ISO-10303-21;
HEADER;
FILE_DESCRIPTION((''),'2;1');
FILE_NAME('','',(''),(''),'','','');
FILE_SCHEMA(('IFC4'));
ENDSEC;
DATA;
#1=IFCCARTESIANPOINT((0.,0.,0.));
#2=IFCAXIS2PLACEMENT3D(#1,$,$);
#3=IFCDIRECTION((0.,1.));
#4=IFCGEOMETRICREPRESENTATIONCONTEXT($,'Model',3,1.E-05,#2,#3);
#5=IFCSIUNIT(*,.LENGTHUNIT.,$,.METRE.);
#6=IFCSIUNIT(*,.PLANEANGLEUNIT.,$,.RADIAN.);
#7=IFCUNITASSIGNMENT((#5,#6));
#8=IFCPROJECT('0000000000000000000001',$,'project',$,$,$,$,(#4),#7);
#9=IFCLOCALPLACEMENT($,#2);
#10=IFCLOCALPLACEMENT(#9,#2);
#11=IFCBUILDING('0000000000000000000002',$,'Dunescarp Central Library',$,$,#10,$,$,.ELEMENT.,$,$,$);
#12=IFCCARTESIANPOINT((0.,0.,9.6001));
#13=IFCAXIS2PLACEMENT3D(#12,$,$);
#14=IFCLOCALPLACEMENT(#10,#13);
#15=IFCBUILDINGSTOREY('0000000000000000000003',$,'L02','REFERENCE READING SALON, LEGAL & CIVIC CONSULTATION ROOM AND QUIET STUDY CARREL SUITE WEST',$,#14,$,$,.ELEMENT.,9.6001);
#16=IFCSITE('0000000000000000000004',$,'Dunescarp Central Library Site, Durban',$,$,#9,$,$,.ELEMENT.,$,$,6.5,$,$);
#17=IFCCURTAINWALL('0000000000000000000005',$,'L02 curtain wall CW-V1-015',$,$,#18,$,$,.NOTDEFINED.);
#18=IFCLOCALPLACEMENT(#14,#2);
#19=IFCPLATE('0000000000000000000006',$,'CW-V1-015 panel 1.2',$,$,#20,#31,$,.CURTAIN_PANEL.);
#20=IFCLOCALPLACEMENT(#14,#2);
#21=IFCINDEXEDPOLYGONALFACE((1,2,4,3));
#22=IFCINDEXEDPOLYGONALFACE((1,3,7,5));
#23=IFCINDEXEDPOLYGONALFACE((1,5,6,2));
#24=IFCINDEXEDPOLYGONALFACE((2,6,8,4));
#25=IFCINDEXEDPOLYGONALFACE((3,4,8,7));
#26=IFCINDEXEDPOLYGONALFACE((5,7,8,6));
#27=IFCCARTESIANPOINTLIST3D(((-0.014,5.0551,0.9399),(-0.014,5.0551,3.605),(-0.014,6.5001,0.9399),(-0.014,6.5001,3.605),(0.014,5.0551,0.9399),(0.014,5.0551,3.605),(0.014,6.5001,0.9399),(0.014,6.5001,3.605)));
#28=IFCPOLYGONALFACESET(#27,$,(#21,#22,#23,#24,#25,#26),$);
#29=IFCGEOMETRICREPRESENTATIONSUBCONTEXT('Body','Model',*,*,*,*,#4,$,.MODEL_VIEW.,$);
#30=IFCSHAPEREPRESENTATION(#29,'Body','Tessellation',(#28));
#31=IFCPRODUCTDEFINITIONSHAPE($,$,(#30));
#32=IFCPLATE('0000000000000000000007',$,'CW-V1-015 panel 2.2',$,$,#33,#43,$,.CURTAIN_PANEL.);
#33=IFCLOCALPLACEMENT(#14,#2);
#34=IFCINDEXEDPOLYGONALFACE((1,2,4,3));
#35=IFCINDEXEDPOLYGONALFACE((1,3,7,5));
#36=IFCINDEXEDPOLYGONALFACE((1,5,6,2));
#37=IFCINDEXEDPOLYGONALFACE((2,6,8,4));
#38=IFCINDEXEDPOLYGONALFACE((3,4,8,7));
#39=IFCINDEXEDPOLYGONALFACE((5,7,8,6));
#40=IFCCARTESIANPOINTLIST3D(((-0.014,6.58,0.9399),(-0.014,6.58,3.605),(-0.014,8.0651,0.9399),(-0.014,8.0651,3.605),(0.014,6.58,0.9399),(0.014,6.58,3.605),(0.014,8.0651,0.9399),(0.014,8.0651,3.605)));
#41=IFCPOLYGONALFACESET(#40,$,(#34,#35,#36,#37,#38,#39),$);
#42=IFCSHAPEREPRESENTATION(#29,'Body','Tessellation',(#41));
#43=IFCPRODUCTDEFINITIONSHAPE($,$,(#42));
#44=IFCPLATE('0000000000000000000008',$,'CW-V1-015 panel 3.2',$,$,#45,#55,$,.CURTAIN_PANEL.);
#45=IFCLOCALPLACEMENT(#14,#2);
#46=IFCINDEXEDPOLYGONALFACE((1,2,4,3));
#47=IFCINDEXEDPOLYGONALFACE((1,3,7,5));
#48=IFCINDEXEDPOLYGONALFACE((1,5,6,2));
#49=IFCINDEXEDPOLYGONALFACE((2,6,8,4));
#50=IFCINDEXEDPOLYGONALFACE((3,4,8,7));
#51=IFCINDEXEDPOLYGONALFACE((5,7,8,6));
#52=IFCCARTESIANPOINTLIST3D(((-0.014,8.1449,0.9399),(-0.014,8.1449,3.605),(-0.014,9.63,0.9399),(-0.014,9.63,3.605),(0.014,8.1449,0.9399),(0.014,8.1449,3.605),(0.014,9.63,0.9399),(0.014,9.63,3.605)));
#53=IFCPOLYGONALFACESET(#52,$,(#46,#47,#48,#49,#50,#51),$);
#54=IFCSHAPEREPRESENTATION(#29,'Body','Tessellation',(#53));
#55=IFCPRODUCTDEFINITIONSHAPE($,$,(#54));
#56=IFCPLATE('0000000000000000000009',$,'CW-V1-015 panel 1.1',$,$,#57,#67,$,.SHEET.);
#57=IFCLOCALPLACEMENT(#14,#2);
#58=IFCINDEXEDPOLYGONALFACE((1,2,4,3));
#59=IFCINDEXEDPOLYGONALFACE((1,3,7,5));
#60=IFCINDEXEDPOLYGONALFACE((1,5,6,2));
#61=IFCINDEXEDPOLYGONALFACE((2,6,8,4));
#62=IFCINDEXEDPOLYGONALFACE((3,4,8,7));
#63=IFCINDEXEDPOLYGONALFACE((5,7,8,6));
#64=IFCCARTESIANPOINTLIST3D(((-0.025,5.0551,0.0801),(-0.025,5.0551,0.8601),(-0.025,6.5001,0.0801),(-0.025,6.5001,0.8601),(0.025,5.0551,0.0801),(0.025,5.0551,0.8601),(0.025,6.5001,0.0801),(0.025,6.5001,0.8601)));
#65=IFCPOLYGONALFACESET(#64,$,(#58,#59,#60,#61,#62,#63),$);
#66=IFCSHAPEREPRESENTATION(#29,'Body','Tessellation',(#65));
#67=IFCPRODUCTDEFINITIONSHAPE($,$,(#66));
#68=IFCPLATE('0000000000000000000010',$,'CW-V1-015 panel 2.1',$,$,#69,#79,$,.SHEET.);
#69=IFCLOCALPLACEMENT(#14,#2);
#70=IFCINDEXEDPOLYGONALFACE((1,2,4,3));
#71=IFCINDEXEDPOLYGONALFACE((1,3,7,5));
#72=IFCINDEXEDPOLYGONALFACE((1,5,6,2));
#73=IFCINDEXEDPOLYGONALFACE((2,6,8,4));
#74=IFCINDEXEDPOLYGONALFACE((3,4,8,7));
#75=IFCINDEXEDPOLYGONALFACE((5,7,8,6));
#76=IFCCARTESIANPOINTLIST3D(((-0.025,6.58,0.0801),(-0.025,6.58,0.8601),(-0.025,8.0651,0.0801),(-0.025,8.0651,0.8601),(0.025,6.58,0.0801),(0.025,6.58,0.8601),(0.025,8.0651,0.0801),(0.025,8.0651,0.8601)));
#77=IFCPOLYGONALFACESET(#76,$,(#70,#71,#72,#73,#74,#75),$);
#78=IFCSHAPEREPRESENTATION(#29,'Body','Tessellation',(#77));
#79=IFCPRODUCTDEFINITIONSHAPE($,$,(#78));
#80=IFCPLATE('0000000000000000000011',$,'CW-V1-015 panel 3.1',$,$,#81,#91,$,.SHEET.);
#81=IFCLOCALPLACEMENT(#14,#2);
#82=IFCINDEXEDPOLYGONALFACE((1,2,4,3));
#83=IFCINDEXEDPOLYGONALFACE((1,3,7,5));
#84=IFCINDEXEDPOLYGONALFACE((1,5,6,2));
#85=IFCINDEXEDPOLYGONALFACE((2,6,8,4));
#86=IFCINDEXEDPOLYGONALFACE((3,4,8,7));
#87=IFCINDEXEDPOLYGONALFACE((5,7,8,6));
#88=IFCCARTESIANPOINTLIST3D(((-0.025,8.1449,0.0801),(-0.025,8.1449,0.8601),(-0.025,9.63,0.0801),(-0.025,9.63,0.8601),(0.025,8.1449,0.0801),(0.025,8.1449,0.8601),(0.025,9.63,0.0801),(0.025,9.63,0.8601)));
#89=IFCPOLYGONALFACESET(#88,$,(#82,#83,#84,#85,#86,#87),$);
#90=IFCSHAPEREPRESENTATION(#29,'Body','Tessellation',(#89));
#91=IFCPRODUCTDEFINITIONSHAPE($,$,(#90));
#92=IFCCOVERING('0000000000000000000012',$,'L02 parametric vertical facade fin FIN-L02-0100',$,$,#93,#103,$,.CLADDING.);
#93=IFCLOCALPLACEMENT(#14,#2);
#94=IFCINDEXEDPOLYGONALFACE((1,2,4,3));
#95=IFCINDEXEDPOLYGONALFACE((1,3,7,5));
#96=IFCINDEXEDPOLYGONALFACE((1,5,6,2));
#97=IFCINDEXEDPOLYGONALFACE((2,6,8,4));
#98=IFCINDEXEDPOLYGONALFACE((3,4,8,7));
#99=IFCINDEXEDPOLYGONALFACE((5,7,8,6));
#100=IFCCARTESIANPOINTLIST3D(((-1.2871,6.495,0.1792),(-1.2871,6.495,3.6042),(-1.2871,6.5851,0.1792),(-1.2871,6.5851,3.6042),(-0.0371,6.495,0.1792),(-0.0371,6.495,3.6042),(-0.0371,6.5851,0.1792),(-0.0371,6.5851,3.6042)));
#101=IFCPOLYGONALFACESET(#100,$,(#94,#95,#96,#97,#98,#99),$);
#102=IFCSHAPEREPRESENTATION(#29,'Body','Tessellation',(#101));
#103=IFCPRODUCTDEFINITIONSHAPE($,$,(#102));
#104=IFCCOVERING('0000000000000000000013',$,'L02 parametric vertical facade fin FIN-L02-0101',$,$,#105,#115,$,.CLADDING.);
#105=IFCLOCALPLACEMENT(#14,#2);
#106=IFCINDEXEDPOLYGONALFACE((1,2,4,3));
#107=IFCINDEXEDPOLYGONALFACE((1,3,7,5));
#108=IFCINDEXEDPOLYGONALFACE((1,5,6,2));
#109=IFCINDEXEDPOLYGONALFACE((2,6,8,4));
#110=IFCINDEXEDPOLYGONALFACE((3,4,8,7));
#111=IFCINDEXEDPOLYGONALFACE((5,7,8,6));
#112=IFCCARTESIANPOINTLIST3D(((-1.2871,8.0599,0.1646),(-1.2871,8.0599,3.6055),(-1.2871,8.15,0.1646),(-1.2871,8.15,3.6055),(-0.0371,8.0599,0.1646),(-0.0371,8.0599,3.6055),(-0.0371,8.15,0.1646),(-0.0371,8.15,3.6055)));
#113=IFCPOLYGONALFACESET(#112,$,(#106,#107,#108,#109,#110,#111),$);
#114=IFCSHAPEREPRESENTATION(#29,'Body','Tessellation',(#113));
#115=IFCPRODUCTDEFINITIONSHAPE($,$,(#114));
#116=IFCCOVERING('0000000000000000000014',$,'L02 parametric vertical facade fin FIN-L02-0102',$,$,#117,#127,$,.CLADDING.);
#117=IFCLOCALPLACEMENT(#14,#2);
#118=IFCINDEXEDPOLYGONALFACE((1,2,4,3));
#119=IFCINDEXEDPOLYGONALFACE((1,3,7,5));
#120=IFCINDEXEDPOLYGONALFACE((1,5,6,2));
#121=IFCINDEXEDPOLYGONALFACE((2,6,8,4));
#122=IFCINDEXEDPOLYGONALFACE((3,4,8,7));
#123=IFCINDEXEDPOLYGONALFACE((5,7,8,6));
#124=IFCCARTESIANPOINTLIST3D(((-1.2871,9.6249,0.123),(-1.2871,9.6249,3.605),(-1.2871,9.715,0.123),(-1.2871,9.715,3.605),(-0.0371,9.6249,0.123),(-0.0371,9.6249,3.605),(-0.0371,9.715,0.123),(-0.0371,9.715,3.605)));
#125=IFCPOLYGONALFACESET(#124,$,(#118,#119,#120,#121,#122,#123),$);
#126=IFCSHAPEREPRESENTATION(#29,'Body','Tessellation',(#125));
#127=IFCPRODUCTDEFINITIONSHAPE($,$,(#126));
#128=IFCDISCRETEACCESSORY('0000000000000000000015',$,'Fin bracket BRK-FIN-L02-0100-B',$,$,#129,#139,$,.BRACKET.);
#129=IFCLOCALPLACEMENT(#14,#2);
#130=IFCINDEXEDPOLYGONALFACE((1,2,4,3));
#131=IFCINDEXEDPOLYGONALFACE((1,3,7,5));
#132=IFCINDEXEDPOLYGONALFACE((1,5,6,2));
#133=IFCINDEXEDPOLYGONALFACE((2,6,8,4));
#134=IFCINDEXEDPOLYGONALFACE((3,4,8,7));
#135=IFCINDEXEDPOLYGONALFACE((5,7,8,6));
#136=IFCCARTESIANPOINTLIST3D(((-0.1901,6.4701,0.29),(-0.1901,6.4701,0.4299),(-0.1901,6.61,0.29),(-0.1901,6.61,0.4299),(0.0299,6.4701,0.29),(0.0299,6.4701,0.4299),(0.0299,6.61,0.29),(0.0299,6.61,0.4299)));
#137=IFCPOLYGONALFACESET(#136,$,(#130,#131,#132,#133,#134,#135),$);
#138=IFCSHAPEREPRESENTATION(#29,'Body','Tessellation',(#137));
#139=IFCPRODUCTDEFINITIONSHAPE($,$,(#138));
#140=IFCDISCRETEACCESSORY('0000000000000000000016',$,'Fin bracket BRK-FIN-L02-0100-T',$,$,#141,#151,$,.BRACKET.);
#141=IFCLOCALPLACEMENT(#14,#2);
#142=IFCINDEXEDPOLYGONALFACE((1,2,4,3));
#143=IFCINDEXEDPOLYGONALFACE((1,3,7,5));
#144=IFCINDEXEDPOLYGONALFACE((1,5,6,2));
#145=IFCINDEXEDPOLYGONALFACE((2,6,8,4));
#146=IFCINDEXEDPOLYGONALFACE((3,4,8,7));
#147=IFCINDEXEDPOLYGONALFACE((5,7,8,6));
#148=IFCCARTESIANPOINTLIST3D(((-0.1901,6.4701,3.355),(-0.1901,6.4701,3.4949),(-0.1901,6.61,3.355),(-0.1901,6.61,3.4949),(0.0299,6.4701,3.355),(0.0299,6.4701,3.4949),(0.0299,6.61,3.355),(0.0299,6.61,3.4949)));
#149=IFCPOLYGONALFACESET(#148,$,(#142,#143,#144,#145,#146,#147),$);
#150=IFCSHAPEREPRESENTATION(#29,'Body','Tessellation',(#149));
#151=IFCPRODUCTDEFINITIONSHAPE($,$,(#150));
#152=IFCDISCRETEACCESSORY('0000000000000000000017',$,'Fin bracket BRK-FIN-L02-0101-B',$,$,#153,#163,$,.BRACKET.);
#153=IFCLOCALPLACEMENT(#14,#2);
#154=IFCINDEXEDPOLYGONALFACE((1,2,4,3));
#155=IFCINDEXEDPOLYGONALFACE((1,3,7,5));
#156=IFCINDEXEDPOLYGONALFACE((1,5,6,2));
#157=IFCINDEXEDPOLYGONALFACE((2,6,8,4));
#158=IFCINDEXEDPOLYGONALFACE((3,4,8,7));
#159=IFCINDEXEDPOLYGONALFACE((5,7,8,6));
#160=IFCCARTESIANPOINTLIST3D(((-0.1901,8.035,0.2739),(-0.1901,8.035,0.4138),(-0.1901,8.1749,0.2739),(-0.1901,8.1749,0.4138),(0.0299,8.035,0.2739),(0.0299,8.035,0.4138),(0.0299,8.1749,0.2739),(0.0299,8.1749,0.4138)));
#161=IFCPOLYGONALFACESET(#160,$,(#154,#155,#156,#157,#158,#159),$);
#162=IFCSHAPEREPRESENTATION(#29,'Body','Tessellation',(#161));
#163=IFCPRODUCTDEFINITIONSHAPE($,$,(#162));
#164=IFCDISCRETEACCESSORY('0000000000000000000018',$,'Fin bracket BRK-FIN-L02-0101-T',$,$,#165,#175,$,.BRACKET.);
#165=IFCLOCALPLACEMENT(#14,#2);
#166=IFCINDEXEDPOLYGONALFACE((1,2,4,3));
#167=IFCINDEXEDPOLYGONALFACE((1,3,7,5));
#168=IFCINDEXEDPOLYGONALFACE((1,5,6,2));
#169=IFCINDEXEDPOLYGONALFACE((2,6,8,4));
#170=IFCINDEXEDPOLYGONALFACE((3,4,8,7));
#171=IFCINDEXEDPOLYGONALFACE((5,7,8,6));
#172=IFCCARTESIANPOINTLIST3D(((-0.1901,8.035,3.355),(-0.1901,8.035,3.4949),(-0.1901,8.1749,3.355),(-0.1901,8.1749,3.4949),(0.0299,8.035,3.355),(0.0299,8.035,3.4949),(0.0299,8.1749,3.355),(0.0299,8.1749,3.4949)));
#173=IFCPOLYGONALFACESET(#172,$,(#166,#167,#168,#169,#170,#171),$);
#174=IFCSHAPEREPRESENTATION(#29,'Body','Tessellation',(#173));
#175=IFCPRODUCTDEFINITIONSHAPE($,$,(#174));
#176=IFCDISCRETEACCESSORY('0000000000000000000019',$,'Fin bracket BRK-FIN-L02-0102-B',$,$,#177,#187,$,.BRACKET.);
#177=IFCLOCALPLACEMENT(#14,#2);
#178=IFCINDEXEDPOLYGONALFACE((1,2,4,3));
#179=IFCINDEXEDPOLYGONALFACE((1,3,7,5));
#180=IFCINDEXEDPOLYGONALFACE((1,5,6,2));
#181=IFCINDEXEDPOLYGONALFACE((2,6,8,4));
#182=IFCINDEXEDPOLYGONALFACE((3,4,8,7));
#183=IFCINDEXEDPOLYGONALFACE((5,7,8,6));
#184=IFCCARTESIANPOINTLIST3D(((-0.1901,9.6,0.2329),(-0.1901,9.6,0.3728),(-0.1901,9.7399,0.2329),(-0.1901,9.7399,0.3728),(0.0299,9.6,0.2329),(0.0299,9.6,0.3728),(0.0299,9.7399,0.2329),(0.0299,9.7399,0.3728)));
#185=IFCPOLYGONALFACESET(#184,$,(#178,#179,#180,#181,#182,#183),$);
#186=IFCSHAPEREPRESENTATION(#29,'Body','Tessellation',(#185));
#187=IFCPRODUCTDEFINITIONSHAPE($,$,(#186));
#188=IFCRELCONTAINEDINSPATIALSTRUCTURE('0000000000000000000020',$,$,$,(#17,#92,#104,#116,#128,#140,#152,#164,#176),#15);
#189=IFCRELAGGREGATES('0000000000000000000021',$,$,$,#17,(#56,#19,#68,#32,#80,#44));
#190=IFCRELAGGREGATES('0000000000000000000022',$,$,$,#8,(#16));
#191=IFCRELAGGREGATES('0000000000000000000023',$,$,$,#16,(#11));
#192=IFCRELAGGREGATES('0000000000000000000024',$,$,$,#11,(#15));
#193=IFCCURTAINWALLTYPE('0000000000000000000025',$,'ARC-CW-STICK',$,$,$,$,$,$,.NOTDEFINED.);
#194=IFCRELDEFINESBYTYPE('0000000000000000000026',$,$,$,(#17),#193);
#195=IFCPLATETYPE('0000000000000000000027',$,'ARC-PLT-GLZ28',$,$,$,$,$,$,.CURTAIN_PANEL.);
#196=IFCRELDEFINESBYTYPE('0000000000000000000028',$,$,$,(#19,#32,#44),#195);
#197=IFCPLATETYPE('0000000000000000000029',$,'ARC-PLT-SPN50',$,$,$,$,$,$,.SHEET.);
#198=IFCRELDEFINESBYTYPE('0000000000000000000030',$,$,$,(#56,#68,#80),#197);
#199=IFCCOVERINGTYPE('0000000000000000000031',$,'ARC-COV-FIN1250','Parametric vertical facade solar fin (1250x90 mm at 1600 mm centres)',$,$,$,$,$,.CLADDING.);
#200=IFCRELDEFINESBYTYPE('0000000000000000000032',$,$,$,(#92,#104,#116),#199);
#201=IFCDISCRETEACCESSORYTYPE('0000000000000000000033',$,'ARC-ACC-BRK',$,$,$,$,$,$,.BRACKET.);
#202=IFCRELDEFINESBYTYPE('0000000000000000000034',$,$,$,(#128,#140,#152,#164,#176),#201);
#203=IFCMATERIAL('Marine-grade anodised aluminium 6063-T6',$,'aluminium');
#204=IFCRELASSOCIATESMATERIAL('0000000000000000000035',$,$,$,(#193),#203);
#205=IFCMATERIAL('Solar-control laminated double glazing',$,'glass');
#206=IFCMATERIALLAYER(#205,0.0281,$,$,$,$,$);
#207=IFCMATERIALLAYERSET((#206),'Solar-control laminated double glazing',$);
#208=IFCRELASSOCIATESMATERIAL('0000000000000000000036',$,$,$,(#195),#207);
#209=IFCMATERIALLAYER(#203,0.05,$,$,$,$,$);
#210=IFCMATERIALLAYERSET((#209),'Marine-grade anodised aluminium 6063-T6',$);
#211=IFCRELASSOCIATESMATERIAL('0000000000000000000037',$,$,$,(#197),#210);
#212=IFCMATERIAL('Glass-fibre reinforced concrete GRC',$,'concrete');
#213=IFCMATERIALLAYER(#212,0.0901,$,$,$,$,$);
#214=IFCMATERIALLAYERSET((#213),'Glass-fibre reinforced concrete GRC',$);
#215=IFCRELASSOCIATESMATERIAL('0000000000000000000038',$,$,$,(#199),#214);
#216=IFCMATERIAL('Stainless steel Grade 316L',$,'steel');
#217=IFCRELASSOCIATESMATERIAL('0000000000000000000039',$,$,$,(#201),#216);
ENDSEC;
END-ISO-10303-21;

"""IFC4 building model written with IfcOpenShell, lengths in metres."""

from ifc_helpers import new_model, si_unit, direction, frame, origin, origin_2d, place, context, subcontext, project, spatial, rectangle, extrude, material, layer, layer_set, type_object, element, aggregate, save


model = new_model("IFC4")

# Units and contexts
model_context = context("Model", 3, precision=1e-05, world=origin(), true_north=direction((0.0, 1.0)))
body_context = subcontext(model_context, "Body", "Model", "MODEL_VIEW")
ifc_project = project(units=[si_unit("LENGTHUNIT", "METRE"), si_unit("PLANEANGLEUNIT", "RADIAN")], contexts=[model_context])

# Site, building, storey
site_placement = place(None, origin())
site = spatial("IfcSite", under=ifc_project, at=site_placement, Name="Dunescarp Central Library Site, Durban", CompositionType="ELEMENT", RefElevation=6.5)
building_placement = place(site_placement, origin())
building = spatial("IfcBuilding", under=site, at=building_placement, Name="Dunescarp Central Library", CompositionType="ELEMENT")
storey_placement = place(building_placement, frame((0.0, 0.0, 9.6001)))
storey = spatial("IfcBuildingStorey", under=building, at=storey_placement, Name="L02", Description="REFERENCE READING SALON, LEGAL & CIVIC CONSULTATION ROOM AND QUIET STUDY CARREL SUITE WEST", CompositionType="ELEMENT", Elevation=9.6001)

# Curtain wall
ifc_material_1 = material(Name="Marine-grade anodised aluminium 6063-T6", Category="aluminium")
curtain_wall_type = type_object("IfcCurtainWallType", Name="ARC-CW-STICK", PredefinedType="NOTDEFINED", material=ifc_material_1)
curtain_wall_placement = place(storey_placement, origin())
curtain_wall = element("IfcCurtainWall", 1, at=curtain_wall_placement, inside=storey, type_object=curtain_wall_type, Name="L02 curtain wall CW-V1-015", PredefinedType="NOTDEFINED")

# Plates
ifc_material_2 = material(Name="Solar-control laminated double glazing", Category="glass")
ifc_layer_1 = layer(ifc_material_2, 0.0281)
ifc_layer_set_1 = layer_set([ifc_layer_1], Name="Solar-control laminated double glazing")
plate_type_1 = type_object("IfcPlateType", Name="ARC-PLT-GLZ28", PredefinedType="CURTAIN_PANEL", material=ifc_layer_set_1)
plate_1_placement = place(storey_placement, frame((0.0, 5.7776, 0.9399), z_axis=(0.0, 0.0, 1.0), x_axis=(0.0, 1.0, 0.0)))
plate_1 = element("IfcPlate", 2, at=plate_1_placement, type_object=plate_type_1, Name="CW-V1-015 panel 1.2", PredefinedType="CURTAIN_PANEL", context=body_context, shape_type="SweptSolid", body=[
    extrude(rectangle(XDim=1.4451, YDim=0.0281, at=origin_2d()), origin(), (0.0, 0.0, 1.0), 2.665),
])
plate_2_placement = place(storey_placement, frame((0.0, 7.3225, 0.9399), z_axis=(0.0, 0.0, 1.0), x_axis=(0.0, 1.0, 0.0)))
plate_2 = element("IfcPlate", 3, at=plate_2_placement, type_object=plate_type_1, Name="CW-V1-015 panel 2.2", PredefinedType="CURTAIN_PANEL", context=body_context, shape_type="SweptSolid", body=[
    extrude(rectangle(XDim=1.4851, YDim=0.0281, at=origin_2d()), origin(), (0.0, 0.0, 1.0), 2.665),
])
plate_3_placement = place(storey_placement, frame((0.0, 8.8875, 0.9399), z_axis=(0.0, 0.0, 1.0), x_axis=(0.0, 1.0, 0.0)))
plate_3 = element("IfcPlate", 4, at=plate_3_placement, type_object=plate_type_1, Name="CW-V1-015 panel 3.2", PredefinedType="CURTAIN_PANEL", context=body_context, shape_type="SweptSolid", body=[
    extrude(rectangle(XDim=1.4851, YDim=0.0281, at=origin_2d()), origin(), (0.0, 0.0, 1.0), 2.665),
])
ifc_layer_2 = layer(ifc_material_1, 0.05)
ifc_layer_set_2 = layer_set([ifc_layer_2], Name="Marine-grade anodised aluminium 6063-T6")
plate_type_2 = type_object("IfcPlateType", Name="ARC-PLT-SPN50", PredefinedType="SHEET", material=ifc_layer_set_2)
plate_4_placement = place(storey_placement, frame((0.0, 5.7776, 0.0801), z_axis=(0.0, 0.0, 1.0), x_axis=(0.0, 1.0, 0.0)))
plate_4 = element("IfcPlate", 5, at=plate_4_placement, type_object=plate_type_2, Name="CW-V1-015 panel 1.1", PredefinedType="SHEET", context=body_context, shape_type="SweptSolid", body=[
    extrude(rectangle(XDim=1.4451, YDim=0.05, at=origin_2d()), origin(), (0.0, 0.0, 1.0), 0.78),
])
plate_5_placement = place(storey_placement, frame((0.0, 7.3225, 0.0801), z_axis=(0.0, 0.0, 1.0), x_axis=(0.0, 1.0, 0.0)))
plate_5 = element("IfcPlate", 6, at=plate_5_placement, type_object=plate_type_2, Name="CW-V1-015 panel 2.1", PredefinedType="SHEET", context=body_context, shape_type="SweptSolid", body=[
    extrude(rectangle(XDim=1.4851, YDim=0.05, at=origin_2d()), origin(), (0.0, 0.0, 1.0), 0.78),
])
plate_6_placement = place(storey_placement, frame((0.0, 8.8875, 0.0801), z_axis=(0.0, 0.0, 1.0), x_axis=(0.0, 1.0, 0.0)))
plate_6 = element("IfcPlate", 7, at=plate_6_placement, type_object=plate_type_2, Name="CW-V1-015 panel 3.1", PredefinedType="SHEET", context=body_context, shape_type="SweptSolid", body=[
    extrude(rectangle(XDim=1.4851, YDim=0.05, at=origin_2d()), origin(), (0.0, 0.0, 1.0), 0.78),
])
aggregate(curtain_wall, [plate_4, plate_1, plate_5, plate_2, plate_6, plate_3])

# Coverings
ifc_material_3 = material(Name="Glass-fibre reinforced concrete GRC", Category="concrete")
ifc_layer_3 = layer(ifc_material_3, 0.0901)
ifc_layer_set_3 = layer_set([ifc_layer_3], Name="Glass-fibre reinforced concrete GRC")
covering_type = type_object("IfcCoveringType", Name="ARC-COV-FIN1250", Description="Parametric vertical facade solar fin (1250x90 mm at 1600 mm centres)", PredefinedType="CLADDING", material=ifc_layer_set_3)
covering_1_placement = place(storey_placement, frame((-0.6621, 6.54, 0.1792), z_axis=(0.0, 0.0, 1.0), x_axis=(-1.0, 0.0, 0.0)))
element("IfcCovering", 8, at=covering_1_placement, inside=storey, type_object=covering_type, Name="L02 parametric vertical facade fin FIN-L02-0100", PredefinedType="CLADDING", context=body_context, shape_type="SweptSolid", body=[
    extrude(rectangle(XDim=1.25, YDim=0.0901, at=origin_2d()), origin(), (0.0, 0.0, 1.0), 3.425),
])
covering_2_placement = place(storey_placement, frame((-0.6621, 8.105, 0.1646), z_axis=(0.0, 0.0, 1.0), x_axis=(-1.0, 0.0, 0.0)))
element("IfcCovering", 9, at=covering_2_placement, inside=storey, type_object=covering_type, Name="L02 parametric vertical facade fin FIN-L02-0101", PredefinedType="CLADDING", context=body_context, shape_type="SweptSolid", body=[
    extrude(rectangle(XDim=1.25, YDim=0.0901, at=origin_2d()), origin(), (0.0, 0.0, 1.0), 3.4409),
])
covering_3_placement = place(storey_placement, frame((-0.6621, 9.6699, 0.123), z_axis=(0.0, 0.0, 1.0), x_axis=(-1.0, 0.0, 0.0)))
element("IfcCovering", 10, at=covering_3_placement, inside=storey, type_object=covering_type, Name="L02 parametric vertical facade fin FIN-L02-0102", PredefinedType="CLADDING", context=body_context, shape_type="SweptSolid", body=[
    extrude(rectangle(XDim=1.25, YDim=0.0901, at=origin_2d()), origin(), (0.0, 0.0, 1.0), 3.4819),
])

# Discrete accessories
ifc_material_4 = material(Name="Stainless steel Grade 316L", Category="steel")
discrete_accessory_type = type_object("IfcDiscreteAccessoryType", Name="ARC-ACC-BRK", PredefinedType="BRACKET", material=ifc_material_4)
for number, where, z_axis, x_axis, name in (
    (11, (-0.0801, 6.54, 0.29), (0.0, 0.0, 1.0), (-1.0, 0.0, 0.0), "Fin bracket BRK-FIN-L02-0100-B"),
    (12, (-0.0801, 6.54, 3.355), (0.0, 0.0, 1.0), (-1.0, 0.0, 0.0), "Fin bracket BRK-FIN-L02-0100-T"),
    (13, (-0.0801, 8.105, 0.2739), (0.0, 0.0, 1.0), (-1.0, 0.0, 0.0), "Fin bracket BRK-FIN-L02-0101-B"),
    (14, (-0.0801, 8.105, 3.355), (0.0, 0.0, 1.0), (-1.0, 0.0, 0.0), "Fin bracket BRK-FIN-L02-0101-T"),
    (15, (-0.0801, 9.6699, 0.2329), (0.0, 0.0, 1.0), (-1.0, 0.0, 0.0), "Fin bracket BRK-FIN-L02-0102-B"),
):
    element("IfcDiscreteAccessory", number, at=place(storey_placement, frame(where, z_axis=z_axis, x_axis=x_axis)), inside=storey, type_object=discrete_accessory_type, Name=name, PredefinedType="BRACKET", context=body_context, shape_type="SweptSolid", body=[
        extrude(rectangle(XDim=0.22, YDim=0.1399, at=origin_2d()), origin(), (0.0, 0.0, 1.0), 0.1399),
    ])

save(model, "model.ifc")
